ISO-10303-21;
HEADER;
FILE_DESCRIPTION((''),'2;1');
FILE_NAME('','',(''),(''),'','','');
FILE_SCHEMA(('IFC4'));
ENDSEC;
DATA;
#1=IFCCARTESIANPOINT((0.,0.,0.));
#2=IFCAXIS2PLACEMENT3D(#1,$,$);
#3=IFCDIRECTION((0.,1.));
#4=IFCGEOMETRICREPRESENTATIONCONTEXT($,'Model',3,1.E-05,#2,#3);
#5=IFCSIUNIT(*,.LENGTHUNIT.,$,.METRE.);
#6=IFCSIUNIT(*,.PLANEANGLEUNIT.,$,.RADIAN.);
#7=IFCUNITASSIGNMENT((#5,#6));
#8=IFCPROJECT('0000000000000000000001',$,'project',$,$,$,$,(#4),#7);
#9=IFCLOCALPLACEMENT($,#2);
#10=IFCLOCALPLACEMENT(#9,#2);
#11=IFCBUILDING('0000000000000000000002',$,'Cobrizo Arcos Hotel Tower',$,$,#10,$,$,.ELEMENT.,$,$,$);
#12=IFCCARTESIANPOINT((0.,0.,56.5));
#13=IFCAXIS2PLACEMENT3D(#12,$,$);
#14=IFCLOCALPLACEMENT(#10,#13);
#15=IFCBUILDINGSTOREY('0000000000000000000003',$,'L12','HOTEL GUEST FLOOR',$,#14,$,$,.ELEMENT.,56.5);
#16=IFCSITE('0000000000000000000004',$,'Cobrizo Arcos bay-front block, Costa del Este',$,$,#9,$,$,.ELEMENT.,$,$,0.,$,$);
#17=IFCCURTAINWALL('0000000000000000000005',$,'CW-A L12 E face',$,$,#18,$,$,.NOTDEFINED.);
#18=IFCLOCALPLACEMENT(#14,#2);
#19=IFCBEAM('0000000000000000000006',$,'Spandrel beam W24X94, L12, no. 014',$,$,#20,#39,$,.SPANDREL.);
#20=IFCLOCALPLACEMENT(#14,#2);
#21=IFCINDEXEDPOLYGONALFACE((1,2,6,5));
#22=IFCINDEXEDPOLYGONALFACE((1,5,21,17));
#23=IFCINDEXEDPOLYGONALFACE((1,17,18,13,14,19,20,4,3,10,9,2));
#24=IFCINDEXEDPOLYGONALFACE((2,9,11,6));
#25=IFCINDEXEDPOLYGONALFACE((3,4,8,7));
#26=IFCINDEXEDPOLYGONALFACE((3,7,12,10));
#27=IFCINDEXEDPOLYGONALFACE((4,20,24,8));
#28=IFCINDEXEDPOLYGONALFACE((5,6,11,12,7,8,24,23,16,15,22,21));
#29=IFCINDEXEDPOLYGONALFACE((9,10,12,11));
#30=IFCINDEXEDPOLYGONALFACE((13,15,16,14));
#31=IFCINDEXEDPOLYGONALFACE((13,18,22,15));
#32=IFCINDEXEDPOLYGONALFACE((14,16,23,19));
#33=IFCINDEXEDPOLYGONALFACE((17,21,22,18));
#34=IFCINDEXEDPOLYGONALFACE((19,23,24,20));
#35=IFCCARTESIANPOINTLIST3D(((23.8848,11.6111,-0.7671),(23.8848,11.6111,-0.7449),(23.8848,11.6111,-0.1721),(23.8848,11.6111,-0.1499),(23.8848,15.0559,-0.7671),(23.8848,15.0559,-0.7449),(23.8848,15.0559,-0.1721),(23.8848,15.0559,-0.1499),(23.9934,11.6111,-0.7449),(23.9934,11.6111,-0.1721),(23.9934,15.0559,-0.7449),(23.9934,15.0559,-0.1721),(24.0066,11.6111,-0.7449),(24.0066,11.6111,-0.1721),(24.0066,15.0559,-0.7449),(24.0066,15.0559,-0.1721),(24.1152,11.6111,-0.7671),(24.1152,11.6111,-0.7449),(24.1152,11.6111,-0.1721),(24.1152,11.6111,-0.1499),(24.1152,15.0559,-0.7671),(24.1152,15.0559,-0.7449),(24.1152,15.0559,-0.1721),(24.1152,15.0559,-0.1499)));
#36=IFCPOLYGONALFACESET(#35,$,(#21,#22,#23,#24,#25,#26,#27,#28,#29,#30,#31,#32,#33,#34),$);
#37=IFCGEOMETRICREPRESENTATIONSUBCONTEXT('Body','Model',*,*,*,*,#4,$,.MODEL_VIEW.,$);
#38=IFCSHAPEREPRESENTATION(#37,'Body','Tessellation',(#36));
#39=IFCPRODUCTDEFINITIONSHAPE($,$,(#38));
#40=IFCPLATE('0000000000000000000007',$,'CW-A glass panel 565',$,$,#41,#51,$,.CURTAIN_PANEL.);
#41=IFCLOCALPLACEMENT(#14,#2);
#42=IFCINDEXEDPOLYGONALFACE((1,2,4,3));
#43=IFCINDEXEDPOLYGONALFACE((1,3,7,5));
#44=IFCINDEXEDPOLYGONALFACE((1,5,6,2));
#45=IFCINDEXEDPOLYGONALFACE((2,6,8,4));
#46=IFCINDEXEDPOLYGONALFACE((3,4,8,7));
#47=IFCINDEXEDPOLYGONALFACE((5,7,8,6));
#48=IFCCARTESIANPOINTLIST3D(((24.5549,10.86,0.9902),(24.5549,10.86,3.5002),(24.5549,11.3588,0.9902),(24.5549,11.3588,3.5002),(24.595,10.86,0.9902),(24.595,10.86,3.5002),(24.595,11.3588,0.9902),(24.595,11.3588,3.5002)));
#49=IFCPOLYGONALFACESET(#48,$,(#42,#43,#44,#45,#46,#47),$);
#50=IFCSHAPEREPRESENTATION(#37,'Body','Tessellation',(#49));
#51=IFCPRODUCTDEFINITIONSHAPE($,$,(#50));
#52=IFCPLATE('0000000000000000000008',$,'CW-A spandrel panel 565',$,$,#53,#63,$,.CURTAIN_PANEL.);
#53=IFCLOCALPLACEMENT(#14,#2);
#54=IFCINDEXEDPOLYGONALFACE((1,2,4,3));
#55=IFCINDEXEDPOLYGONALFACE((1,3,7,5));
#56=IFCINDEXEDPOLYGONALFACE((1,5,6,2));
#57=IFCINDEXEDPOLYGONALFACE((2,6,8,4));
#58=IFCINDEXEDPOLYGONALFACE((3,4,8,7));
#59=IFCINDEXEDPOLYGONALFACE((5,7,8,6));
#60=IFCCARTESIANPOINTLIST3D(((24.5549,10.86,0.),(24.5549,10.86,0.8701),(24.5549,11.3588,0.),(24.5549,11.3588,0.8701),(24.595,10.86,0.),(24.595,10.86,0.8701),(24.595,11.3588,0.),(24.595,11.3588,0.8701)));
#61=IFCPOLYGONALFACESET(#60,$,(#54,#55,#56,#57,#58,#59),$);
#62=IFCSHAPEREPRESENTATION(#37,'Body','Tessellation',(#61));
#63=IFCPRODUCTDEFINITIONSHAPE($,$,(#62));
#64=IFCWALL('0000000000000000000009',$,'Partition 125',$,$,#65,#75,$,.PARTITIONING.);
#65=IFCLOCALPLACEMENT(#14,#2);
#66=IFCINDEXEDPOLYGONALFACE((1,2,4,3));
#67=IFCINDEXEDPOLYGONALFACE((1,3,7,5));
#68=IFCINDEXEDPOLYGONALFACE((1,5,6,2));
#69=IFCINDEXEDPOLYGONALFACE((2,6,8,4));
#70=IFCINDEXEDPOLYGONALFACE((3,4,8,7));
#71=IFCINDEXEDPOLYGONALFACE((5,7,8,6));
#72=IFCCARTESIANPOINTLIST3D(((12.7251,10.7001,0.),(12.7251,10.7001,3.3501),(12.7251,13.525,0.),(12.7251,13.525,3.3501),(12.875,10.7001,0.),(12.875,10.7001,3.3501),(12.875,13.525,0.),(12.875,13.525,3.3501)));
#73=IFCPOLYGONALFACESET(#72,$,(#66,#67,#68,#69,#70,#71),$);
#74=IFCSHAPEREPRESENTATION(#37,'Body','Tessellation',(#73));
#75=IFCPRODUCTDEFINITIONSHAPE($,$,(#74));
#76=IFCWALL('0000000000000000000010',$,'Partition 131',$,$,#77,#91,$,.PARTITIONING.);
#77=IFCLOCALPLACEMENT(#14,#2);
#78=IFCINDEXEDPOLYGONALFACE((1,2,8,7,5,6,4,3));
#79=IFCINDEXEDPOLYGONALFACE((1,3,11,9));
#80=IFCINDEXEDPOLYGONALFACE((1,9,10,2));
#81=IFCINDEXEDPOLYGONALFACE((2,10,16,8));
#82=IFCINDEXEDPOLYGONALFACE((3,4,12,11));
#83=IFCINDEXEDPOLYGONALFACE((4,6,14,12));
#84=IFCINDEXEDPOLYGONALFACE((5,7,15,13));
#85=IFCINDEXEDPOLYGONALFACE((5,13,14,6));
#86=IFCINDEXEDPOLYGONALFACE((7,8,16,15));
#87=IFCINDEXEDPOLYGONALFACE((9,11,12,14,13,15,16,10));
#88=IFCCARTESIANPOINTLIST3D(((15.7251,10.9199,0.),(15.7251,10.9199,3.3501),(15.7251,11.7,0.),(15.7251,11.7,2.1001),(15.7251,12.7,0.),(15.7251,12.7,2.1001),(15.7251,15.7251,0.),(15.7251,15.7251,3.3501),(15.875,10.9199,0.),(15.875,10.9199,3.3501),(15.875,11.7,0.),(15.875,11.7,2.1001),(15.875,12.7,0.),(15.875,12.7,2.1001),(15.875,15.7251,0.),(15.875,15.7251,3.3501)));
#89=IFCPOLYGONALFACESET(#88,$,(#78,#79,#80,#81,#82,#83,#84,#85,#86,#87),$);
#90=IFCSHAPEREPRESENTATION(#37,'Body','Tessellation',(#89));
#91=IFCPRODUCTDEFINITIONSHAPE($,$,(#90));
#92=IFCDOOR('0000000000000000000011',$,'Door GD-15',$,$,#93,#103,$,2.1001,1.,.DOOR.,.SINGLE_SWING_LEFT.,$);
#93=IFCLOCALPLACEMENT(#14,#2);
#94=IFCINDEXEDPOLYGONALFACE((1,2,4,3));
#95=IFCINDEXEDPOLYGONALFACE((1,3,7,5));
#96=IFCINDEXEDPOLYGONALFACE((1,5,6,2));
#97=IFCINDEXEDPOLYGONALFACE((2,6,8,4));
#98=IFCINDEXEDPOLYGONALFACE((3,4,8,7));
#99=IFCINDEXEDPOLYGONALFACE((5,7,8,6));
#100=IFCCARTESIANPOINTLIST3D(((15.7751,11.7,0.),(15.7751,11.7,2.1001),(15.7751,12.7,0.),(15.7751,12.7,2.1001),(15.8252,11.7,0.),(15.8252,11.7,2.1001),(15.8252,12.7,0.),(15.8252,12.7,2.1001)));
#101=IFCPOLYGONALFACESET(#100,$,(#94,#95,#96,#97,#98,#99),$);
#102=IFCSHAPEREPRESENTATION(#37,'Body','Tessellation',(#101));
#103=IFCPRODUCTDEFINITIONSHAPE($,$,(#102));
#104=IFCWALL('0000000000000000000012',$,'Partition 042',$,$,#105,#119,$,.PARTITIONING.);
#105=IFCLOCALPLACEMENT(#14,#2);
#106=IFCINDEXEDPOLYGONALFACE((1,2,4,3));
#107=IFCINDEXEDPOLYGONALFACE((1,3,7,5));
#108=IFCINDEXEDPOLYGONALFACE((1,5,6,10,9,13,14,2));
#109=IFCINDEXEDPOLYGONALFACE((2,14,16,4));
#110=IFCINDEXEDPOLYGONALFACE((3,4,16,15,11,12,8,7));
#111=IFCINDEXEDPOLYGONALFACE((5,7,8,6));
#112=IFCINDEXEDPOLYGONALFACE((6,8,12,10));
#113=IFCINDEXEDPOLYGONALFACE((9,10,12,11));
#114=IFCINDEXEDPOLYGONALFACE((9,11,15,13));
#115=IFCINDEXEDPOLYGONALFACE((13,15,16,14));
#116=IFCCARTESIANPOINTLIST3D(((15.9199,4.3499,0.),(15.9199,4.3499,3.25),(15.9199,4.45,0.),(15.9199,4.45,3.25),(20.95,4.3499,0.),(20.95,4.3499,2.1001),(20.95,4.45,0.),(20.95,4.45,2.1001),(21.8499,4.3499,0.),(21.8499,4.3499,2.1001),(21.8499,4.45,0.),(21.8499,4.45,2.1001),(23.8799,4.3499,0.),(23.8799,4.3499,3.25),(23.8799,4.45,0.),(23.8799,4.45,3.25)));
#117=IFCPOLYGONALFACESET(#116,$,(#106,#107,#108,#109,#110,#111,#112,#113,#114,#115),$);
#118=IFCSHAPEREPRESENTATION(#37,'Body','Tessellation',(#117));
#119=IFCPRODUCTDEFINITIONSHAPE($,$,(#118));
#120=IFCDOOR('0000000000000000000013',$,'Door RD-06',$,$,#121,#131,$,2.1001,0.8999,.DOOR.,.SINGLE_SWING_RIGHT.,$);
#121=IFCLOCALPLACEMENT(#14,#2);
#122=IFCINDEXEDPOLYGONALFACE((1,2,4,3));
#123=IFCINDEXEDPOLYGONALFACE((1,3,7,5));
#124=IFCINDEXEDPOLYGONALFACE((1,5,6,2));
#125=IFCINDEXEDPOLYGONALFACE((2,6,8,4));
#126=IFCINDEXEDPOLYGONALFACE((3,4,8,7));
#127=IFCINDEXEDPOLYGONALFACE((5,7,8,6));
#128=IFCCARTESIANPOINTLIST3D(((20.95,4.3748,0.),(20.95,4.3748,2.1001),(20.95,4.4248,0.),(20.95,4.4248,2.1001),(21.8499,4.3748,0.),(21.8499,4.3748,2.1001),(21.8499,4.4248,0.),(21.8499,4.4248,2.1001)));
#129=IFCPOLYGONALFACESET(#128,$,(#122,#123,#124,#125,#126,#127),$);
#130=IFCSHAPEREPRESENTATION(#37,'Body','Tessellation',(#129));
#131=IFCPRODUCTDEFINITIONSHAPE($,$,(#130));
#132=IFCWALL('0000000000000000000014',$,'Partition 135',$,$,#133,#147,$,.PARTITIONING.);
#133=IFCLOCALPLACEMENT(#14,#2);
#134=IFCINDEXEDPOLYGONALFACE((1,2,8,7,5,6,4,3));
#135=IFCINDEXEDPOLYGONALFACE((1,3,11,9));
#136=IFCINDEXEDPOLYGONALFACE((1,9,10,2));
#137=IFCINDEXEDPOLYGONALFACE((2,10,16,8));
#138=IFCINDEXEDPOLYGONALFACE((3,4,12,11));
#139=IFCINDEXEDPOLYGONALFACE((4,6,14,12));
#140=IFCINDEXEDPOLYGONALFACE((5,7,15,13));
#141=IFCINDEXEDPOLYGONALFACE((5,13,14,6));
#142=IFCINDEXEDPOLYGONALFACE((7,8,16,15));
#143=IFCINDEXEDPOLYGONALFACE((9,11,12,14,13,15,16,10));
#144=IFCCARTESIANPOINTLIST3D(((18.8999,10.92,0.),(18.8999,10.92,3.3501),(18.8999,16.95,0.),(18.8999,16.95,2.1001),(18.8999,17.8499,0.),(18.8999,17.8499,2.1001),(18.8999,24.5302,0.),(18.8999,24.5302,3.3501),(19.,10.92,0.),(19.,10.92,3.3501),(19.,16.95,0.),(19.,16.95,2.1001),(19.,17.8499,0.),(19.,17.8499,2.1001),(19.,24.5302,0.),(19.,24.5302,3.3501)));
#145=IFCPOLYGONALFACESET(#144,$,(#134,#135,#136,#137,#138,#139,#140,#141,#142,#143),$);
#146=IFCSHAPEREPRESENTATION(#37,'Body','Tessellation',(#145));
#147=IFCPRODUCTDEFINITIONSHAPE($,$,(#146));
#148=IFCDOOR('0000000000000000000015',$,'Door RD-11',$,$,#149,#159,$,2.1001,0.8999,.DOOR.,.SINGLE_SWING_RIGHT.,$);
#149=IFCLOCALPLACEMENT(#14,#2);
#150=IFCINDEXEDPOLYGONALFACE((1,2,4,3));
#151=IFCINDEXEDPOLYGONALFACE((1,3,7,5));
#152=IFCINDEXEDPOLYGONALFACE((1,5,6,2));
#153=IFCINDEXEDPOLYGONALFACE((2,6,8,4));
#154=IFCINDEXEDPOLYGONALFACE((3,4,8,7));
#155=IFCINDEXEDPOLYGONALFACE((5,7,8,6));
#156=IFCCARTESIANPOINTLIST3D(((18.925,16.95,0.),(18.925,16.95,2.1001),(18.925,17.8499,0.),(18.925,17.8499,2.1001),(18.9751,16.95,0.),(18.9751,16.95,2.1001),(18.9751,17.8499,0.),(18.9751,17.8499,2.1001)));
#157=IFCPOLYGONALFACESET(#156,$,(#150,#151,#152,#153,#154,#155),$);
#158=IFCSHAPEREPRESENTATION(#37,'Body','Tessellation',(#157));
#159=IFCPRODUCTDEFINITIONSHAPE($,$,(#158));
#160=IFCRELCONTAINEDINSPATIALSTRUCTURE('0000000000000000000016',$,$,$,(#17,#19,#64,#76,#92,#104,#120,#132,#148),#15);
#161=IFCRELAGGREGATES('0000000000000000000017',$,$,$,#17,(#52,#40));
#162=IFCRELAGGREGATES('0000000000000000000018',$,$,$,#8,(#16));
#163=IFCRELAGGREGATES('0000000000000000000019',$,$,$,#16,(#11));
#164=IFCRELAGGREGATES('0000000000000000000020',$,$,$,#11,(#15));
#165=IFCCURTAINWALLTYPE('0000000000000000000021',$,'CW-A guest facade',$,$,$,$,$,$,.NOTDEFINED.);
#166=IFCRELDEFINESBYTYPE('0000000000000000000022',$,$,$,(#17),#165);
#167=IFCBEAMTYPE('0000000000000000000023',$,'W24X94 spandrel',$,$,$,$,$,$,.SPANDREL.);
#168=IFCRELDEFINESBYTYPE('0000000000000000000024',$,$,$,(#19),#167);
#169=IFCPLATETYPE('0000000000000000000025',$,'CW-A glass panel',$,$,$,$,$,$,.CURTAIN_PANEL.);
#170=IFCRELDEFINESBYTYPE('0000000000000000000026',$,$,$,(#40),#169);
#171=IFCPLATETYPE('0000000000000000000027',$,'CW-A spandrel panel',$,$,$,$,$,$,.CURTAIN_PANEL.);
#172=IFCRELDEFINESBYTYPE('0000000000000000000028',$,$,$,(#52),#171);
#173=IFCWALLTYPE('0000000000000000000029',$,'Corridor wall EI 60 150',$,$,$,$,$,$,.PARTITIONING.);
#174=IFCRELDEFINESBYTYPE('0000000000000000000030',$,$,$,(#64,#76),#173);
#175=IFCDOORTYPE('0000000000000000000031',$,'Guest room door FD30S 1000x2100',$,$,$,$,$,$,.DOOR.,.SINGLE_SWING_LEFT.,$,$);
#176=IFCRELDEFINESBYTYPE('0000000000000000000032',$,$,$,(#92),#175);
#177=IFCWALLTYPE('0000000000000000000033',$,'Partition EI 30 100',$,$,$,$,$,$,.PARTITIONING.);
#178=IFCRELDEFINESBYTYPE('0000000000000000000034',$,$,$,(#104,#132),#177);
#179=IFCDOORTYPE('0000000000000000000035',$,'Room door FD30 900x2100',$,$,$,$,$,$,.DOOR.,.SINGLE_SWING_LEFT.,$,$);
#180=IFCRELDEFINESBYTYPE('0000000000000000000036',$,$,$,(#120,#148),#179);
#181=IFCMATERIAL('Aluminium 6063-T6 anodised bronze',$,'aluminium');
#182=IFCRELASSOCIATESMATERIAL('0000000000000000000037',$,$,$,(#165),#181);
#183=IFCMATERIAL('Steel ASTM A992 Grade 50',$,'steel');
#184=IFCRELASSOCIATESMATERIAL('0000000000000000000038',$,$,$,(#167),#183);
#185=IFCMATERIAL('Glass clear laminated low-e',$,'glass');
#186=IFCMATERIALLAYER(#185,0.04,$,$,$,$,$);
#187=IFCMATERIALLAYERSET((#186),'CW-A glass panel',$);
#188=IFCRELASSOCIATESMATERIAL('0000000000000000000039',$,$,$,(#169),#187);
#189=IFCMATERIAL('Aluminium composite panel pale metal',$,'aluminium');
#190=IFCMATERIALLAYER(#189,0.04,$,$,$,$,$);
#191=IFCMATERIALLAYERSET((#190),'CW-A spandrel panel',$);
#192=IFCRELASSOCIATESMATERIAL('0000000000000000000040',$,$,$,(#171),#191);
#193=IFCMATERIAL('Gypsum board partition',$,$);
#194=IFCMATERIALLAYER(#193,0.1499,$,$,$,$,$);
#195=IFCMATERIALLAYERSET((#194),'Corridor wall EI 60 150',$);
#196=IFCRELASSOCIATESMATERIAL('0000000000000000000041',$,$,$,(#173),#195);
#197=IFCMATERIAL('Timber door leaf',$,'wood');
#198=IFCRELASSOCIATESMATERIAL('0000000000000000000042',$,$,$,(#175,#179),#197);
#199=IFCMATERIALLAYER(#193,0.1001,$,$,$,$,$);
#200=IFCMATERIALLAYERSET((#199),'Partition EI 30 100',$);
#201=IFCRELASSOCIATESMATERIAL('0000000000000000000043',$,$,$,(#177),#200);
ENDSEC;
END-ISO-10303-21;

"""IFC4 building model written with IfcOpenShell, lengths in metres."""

from ifc_helpers import new_model, si_unit, direction, frame, frame_2d, origin, origin_2d, place, context, subcontext, project, spatial, rectangle, i_section, extrude, material, layer, layer_set, material_profile, profile_set, type_object, element, fill, aggregate, save


model = new_model("IFC4")

# Units and contexts
model_context = context("Model", 3, precision=1e-05, world=origin(), true_north=direction((0.0, 1.0)))
body_context = subcontext(model_context, "Body", "Model", "MODEL_VIEW")
ifc_project = project(units=[si_unit("LENGTHUNIT", "METRE"), si_unit("PLANEANGLEUNIT", "RADIAN")], contexts=[model_context])

# Site, building, storey
site_placement = place(None, origin())
site = spatial("IfcSite", under=ifc_project, at=site_placement, Name="Cobrizo Arcos bay-front block, Costa del Este", CompositionType="ELEMENT", RefElevation=0.0)
building_placement = place(site_placement, origin())
building = spatial("IfcBuilding", under=site, at=building_placement, Name="Cobrizo Arcos Hotel Tower", CompositionType="ELEMENT")
storey_placement = place(building_placement, frame((0.0, 0.0, 56.5)))
storey = spatial("IfcBuildingStorey", under=building, at=storey_placement, Name="L12", Description="HOTEL GUEST FLOOR", CompositionType="ELEMENT", Elevation=56.5)

# Curtain wall
ifc_material_1 = material(Name="Aluminium 6063-T6 anodised bronze", Category="aluminium")
curtain_wall_type = type_object("IfcCurtainWallType", Name="CW-A guest facade", PredefinedType="NOTDEFINED", material=ifc_material_1)
curtain_wall_placement = place(storey_placement, origin())
curtain_wall = element("IfcCurtainWall", 1, at=curtain_wall_placement, inside=storey, type_object=curtain_wall_type, Name="CW-A L12 E face", PredefinedType="NOTDEFINED")

# Beam
ifc_material_2 = material(Name="Steel ASTM A992 Grade 50", Category="steel")
ifc_material_profile_1 = material_profile(ifc_material_2, i_section(OverallWidth=0.2305, OverallDepth=0.6172, WebThickness=0.0132, FlangeThickness=0.0222, at=origin_2d()), Name="W24X94")
ifc_profile_set_1 = profile_set([ifc_material_profile_1], Name="Steel ASTM A992 Grade 50")
beam_type_1 = type_object("IfcBeamType", Name="W24X94 spandrel", PredefinedType="SPANDREL", material=ifc_profile_set_1)
beam_1_placement = place(storey_placement, frame((24.0, 11.6111, -0.4585), z_axis=(0.0, 1.0, 0.0), x_axis=(-1.0, 0.0, 0.0)))
element("IfcBeam", 2, at=beam_1_placement, inside=storey, type_object=beam_type_1, Name="Spandrel beam W24X94, L12, no. 014", PredefinedType="SPANDREL", context=body_context, shape_type="SweptSolid", body=[
    extrude(i_section(OverallWidth=0.2305, OverallDepth=0.6172, WebThickness=0.0132, FlangeThickness=0.0222, at=origin_2d()), origin(), (0.0, 0.0, 1.0), 3.4448),
])

# Plates
ifc_material_3 = material(Name="Glass clear laminated low-e", Category="glass")
ifc_layer_1 = layer(ifc_material_3, 0.04)
ifc_layer_set_1 = layer_set([ifc_layer_1], Name="CW-A glass panel")
plate_type_1 = type_object("IfcPlateType", Name="CW-A glass panel", PredefinedType="CURTAIN_PANEL", material=ifc_layer_set_1)
plate_1_placement = place(storey_placement, frame((24.575, 11.1094, 0.9902), z_axis=(0.0, 0.0, 1.0), x_axis=(0.0, 1.0, 0.0)))
plate_1 = element("IfcPlate", 3, at=plate_1_placement, type_object=plate_type_1, Name="CW-A glass panel 565", PredefinedType="CURTAIN_PANEL", context=body_context, shape_type="SweptSolid", body=[
    extrude(rectangle(XDim=0.4988, YDim=0.04, at=origin_2d()), origin(), (0.0, 0.0, 1.0), 2.51),
])
ifc_material_4 = material(Name="Aluminium composite panel pale metal", Category="aluminium")
ifc_layer_2 = layer(ifc_material_4, 0.04)
ifc_layer_set_2 = layer_set([ifc_layer_2], Name="CW-A spandrel panel")
plate_type_2 = type_object("IfcPlateType", Name="CW-A spandrel panel", PredefinedType="CURTAIN_PANEL", material=ifc_layer_set_2)
plate_2_placement = place(storey_placement, frame((24.575, 11.1094, 0.0), z_axis=(0.0, 0.0, 1.0), x_axis=(0.0, 1.0, 0.0)))
plate_2 = element("IfcPlate", 4, at=plate_2_placement, type_object=plate_type_2, Name="CW-A spandrel panel 565", PredefinedType="CURTAIN_PANEL", context=body_context, shape_type="SweptSolid", body=[
    extrude(rectangle(XDim=0.4988, YDim=0.04, at=origin_2d()), origin(), (0.0, 0.0, 1.0), 0.8701),
])
aggregate(curtain_wall, [plate_2, plate_1])

# Wall
ifc_material_5 = material(Name="Gypsum board partition")
ifc_layer_3 = layer(ifc_material_5, 0.1499)
ifc_layer_set_3 = layer_set([ifc_layer_3], Name="Corridor wall EI 60 150")
wall_type_1 = type_object("IfcWallType", Name="Corridor wall EI 60 150", PredefinedType="PARTITIONING", material=ifc_layer_set_3)
wall_1_placement = place(storey_placement, frame((12.8, 10.7, 0.0), z_axis=(0.0, 0.0, 1.0), x_axis=(0.0, 1.0, 0.0)))
element("IfcWall", 5, at=wall_1_placement, inside=storey, type_object=wall_type_1, Name="Partition 125", PredefinedType="PARTITIONING", context=body_context, shape_type="SweptSolid", body=[
    extrude(rectangle(XDim=2.825, YDim=0.1499, at=frame_2d((1.4126, 0.0))), origin(), (0.0, 0.0, 1.0), 3.3501),
])

# Walls, openings, doors
wall_2_placement = place(storey_placement, frame((15.8, 10.9199, 0.0), z_axis=(0.0, 0.0, 1.0), x_axis=(0.0, 1.0, 0.0)))
wall_2 = element("IfcWall", 6, at=wall_2_placement, inside=storey, type_object=wall_type_1, Name="Partition 131", PredefinedType="PARTITIONING", context=body_context, shape_type="SweptSolid", body=[
    extrude(rectangle(XDim=4.8052, YDim=0.1499, at=frame_2d((2.4026, 0.0))), origin(), (0.0, 0.0, 1.0), 3.3501),
])
opening_1_placement = place(wall_2_placement, frame((0.78, 0.0, 0.0)))
opening_1 = element("IfcOpeningElement", 7, at=opening_1_placement, cuts=wall_2, PredefinedType="OPENING", context=body_context, shape_type="SweptSolid", body=[
    extrude(rectangle(XDim=1.0, YDim=2.1001, at=frame_2d((0.5, 1.05))), frame((0.0, 0.0869, 0.0), z_axis=(0.0, -1.0, 0.0), x_axis=(1.0, 0.0, 0.0)), (0.0, 0.0, 1.0), 0.1738),
])
ifc_material_6 = material(Name="Timber door leaf", Category="wood")
door_type_1 = type_object("IfcDoorType", Name="Guest room door FD30S 1000x2100", OperationType="SINGLE_SWING_LEFT", PredefinedType="DOOR", material=ifc_material_6)
door_1_placement = place(opening_1_placement, origin())
door_1 = element("IfcDoor", 8, at=door_1_placement, inside=storey, type_object=door_type_1, Name="Door GD-15", OperationType="SINGLE_SWING_LEFT", OverallHeight=2.1001, OverallWidth=1.0, PredefinedType="DOOR", context=body_context, shape_type="SweptSolid", body=[
    extrude(rectangle(XDim=1.0, YDim=2.1001, at=frame_2d((0.5, 1.05))), frame((0.0, 0.0249, 0.0), z_axis=(0.0, -1.0, 0.0), x_axis=(1.0, 0.0, 0.0)), (0.0, 0.0, 1.0), 0.05),
])
fill(opening_1, door_1)
ifc_layer_4 = layer(ifc_material_5, 0.1001)
ifc_layer_set_4 = layer_set([ifc_layer_4], Name="Partition EI 30 100")
wall_type_2 = type_object("IfcWallType", Name="Partition EI 30 100", PredefinedType="PARTITIONING", material=ifc_layer_set_4)
wall_3_placement = place(storey_placement, frame((15.9199, 4.3999, 0.0), z_axis=(0.0, 0.0, 1.0), x_axis=(1.0, 0.0, 0.0)))
wall_3 = element("IfcWall", 9, at=wall_3_placement, inside=storey, type_object=wall_type_2, Name="Partition 042", PredefinedType="PARTITIONING", context=body_context, shape_type="SweptSolid", body=[
    extrude(rectangle(XDim=7.96, YDim=0.1001, at=frame_2d((3.98, 0.0))), origin(), (0.0, 0.0, 1.0), 3.25),
])
opening_2_placement = place(wall_3_placement, frame((5.03, 0.0, 0.0)))
opening_2 = element("IfcOpeningElement", 10, at=opening_2_placement, cuts=wall_3, PredefinedType="OPENING", context=body_context, shape_type="SweptSolid", body=[
    extrude(rectangle(XDim=0.8999, YDim=2.1001, at=frame_2d((0.45, 1.05))), frame((0.0, 0.062, 0.0), z_axis=(0.0, -1.0, 0.0), x_axis=(1.0, 0.0, 0.0)), (0.0, 0.0, 1.0), 0.124),
])
door_type_2 = type_object("IfcDoorType", Name="Room door FD30 900x2100", OperationType="SINGLE_SWING_LEFT", PredefinedType="DOOR", material=ifc_material_6)
door_2_placement = place(opening_2_placement, origin())
door_2 = element("IfcDoor", 11, at=door_2_placement, inside=storey, type_object=door_type_2, Name="Door RD-06", OperationType="SINGLE_SWING_RIGHT", OverallHeight=2.1001, OverallWidth=0.8999, PredefinedType="DOOR", context=body_context, shape_type="SweptSolid", body=[
    extrude(rectangle(XDim=0.8999, YDim=2.1001, at=frame_2d((0.45, 1.05))), frame((0.0, 0.0249, 0.0), z_axis=(0.0, -1.0, 0.0), x_axis=(1.0, 0.0, 0.0)), (0.0, 0.0, 1.0), 0.05),
])
fill(opening_2, door_2)
wall_4_placement = place(storey_placement, frame((18.95, 10.9199, 0.0), z_axis=(0.0, 0.0, 1.0), x_axis=(0.0, 1.0, 0.0)))
wall_4 = element("IfcWall", 12, at=wall_4_placement, inside=storey, type_object=wall_type_2, Name="Partition 135", PredefinedType="PARTITIONING", context=body_context, shape_type="SweptSolid", body=[
    extrude(rectangle(XDim=13.6101, YDim=0.1001, at=frame_2d((6.8052, 0.0))), origin(), (0.0, 0.0, 1.0), 3.3501),
])
opening_3_placement = place(wall_4_placement, frame((6.03, 0.0, 0.0)))
opening_3 = element("IfcOpeningElement", 13, at=opening_3_placement, cuts=wall_4, PredefinedType="OPENING", context=body_context, shape_type="SweptSolid", body=[
    extrude(rectangle(XDim=0.8999, YDim=2.1001, at=frame_2d((0.45, 1.05))), frame((0.0, 0.062, 0.0), z_axis=(0.0, -1.0, 0.0), x_axis=(1.0, 0.0, 0.0)), (0.0, 0.0, 1.0), 0.124),
])
door_3_placement = place(opening_3_placement, origin())
door_3 = element("IfcDoor", 14, at=door_3_placement, inside=storey, type_object=door_type_2, Name="Door RD-11", OperationType="SINGLE_SWING_RIGHT", OverallHeight=2.1001, OverallWidth=0.8999, PredefinedType="DOOR", context=body_context, shape_type="SweptSolid", body=[
    extrude(rectangle(XDim=0.8999, YDim=2.1001, at=frame_2d((0.45, 1.05))), frame((0.0, 0.0249, 0.0), z_axis=(0.0, -1.0, 0.0), x_axis=(1.0, 0.0, 0.0)), (0.0, 0.0, 1.0), 0.05),
])
fill(opening_3, door_3)

save(model, "model.ifc")
